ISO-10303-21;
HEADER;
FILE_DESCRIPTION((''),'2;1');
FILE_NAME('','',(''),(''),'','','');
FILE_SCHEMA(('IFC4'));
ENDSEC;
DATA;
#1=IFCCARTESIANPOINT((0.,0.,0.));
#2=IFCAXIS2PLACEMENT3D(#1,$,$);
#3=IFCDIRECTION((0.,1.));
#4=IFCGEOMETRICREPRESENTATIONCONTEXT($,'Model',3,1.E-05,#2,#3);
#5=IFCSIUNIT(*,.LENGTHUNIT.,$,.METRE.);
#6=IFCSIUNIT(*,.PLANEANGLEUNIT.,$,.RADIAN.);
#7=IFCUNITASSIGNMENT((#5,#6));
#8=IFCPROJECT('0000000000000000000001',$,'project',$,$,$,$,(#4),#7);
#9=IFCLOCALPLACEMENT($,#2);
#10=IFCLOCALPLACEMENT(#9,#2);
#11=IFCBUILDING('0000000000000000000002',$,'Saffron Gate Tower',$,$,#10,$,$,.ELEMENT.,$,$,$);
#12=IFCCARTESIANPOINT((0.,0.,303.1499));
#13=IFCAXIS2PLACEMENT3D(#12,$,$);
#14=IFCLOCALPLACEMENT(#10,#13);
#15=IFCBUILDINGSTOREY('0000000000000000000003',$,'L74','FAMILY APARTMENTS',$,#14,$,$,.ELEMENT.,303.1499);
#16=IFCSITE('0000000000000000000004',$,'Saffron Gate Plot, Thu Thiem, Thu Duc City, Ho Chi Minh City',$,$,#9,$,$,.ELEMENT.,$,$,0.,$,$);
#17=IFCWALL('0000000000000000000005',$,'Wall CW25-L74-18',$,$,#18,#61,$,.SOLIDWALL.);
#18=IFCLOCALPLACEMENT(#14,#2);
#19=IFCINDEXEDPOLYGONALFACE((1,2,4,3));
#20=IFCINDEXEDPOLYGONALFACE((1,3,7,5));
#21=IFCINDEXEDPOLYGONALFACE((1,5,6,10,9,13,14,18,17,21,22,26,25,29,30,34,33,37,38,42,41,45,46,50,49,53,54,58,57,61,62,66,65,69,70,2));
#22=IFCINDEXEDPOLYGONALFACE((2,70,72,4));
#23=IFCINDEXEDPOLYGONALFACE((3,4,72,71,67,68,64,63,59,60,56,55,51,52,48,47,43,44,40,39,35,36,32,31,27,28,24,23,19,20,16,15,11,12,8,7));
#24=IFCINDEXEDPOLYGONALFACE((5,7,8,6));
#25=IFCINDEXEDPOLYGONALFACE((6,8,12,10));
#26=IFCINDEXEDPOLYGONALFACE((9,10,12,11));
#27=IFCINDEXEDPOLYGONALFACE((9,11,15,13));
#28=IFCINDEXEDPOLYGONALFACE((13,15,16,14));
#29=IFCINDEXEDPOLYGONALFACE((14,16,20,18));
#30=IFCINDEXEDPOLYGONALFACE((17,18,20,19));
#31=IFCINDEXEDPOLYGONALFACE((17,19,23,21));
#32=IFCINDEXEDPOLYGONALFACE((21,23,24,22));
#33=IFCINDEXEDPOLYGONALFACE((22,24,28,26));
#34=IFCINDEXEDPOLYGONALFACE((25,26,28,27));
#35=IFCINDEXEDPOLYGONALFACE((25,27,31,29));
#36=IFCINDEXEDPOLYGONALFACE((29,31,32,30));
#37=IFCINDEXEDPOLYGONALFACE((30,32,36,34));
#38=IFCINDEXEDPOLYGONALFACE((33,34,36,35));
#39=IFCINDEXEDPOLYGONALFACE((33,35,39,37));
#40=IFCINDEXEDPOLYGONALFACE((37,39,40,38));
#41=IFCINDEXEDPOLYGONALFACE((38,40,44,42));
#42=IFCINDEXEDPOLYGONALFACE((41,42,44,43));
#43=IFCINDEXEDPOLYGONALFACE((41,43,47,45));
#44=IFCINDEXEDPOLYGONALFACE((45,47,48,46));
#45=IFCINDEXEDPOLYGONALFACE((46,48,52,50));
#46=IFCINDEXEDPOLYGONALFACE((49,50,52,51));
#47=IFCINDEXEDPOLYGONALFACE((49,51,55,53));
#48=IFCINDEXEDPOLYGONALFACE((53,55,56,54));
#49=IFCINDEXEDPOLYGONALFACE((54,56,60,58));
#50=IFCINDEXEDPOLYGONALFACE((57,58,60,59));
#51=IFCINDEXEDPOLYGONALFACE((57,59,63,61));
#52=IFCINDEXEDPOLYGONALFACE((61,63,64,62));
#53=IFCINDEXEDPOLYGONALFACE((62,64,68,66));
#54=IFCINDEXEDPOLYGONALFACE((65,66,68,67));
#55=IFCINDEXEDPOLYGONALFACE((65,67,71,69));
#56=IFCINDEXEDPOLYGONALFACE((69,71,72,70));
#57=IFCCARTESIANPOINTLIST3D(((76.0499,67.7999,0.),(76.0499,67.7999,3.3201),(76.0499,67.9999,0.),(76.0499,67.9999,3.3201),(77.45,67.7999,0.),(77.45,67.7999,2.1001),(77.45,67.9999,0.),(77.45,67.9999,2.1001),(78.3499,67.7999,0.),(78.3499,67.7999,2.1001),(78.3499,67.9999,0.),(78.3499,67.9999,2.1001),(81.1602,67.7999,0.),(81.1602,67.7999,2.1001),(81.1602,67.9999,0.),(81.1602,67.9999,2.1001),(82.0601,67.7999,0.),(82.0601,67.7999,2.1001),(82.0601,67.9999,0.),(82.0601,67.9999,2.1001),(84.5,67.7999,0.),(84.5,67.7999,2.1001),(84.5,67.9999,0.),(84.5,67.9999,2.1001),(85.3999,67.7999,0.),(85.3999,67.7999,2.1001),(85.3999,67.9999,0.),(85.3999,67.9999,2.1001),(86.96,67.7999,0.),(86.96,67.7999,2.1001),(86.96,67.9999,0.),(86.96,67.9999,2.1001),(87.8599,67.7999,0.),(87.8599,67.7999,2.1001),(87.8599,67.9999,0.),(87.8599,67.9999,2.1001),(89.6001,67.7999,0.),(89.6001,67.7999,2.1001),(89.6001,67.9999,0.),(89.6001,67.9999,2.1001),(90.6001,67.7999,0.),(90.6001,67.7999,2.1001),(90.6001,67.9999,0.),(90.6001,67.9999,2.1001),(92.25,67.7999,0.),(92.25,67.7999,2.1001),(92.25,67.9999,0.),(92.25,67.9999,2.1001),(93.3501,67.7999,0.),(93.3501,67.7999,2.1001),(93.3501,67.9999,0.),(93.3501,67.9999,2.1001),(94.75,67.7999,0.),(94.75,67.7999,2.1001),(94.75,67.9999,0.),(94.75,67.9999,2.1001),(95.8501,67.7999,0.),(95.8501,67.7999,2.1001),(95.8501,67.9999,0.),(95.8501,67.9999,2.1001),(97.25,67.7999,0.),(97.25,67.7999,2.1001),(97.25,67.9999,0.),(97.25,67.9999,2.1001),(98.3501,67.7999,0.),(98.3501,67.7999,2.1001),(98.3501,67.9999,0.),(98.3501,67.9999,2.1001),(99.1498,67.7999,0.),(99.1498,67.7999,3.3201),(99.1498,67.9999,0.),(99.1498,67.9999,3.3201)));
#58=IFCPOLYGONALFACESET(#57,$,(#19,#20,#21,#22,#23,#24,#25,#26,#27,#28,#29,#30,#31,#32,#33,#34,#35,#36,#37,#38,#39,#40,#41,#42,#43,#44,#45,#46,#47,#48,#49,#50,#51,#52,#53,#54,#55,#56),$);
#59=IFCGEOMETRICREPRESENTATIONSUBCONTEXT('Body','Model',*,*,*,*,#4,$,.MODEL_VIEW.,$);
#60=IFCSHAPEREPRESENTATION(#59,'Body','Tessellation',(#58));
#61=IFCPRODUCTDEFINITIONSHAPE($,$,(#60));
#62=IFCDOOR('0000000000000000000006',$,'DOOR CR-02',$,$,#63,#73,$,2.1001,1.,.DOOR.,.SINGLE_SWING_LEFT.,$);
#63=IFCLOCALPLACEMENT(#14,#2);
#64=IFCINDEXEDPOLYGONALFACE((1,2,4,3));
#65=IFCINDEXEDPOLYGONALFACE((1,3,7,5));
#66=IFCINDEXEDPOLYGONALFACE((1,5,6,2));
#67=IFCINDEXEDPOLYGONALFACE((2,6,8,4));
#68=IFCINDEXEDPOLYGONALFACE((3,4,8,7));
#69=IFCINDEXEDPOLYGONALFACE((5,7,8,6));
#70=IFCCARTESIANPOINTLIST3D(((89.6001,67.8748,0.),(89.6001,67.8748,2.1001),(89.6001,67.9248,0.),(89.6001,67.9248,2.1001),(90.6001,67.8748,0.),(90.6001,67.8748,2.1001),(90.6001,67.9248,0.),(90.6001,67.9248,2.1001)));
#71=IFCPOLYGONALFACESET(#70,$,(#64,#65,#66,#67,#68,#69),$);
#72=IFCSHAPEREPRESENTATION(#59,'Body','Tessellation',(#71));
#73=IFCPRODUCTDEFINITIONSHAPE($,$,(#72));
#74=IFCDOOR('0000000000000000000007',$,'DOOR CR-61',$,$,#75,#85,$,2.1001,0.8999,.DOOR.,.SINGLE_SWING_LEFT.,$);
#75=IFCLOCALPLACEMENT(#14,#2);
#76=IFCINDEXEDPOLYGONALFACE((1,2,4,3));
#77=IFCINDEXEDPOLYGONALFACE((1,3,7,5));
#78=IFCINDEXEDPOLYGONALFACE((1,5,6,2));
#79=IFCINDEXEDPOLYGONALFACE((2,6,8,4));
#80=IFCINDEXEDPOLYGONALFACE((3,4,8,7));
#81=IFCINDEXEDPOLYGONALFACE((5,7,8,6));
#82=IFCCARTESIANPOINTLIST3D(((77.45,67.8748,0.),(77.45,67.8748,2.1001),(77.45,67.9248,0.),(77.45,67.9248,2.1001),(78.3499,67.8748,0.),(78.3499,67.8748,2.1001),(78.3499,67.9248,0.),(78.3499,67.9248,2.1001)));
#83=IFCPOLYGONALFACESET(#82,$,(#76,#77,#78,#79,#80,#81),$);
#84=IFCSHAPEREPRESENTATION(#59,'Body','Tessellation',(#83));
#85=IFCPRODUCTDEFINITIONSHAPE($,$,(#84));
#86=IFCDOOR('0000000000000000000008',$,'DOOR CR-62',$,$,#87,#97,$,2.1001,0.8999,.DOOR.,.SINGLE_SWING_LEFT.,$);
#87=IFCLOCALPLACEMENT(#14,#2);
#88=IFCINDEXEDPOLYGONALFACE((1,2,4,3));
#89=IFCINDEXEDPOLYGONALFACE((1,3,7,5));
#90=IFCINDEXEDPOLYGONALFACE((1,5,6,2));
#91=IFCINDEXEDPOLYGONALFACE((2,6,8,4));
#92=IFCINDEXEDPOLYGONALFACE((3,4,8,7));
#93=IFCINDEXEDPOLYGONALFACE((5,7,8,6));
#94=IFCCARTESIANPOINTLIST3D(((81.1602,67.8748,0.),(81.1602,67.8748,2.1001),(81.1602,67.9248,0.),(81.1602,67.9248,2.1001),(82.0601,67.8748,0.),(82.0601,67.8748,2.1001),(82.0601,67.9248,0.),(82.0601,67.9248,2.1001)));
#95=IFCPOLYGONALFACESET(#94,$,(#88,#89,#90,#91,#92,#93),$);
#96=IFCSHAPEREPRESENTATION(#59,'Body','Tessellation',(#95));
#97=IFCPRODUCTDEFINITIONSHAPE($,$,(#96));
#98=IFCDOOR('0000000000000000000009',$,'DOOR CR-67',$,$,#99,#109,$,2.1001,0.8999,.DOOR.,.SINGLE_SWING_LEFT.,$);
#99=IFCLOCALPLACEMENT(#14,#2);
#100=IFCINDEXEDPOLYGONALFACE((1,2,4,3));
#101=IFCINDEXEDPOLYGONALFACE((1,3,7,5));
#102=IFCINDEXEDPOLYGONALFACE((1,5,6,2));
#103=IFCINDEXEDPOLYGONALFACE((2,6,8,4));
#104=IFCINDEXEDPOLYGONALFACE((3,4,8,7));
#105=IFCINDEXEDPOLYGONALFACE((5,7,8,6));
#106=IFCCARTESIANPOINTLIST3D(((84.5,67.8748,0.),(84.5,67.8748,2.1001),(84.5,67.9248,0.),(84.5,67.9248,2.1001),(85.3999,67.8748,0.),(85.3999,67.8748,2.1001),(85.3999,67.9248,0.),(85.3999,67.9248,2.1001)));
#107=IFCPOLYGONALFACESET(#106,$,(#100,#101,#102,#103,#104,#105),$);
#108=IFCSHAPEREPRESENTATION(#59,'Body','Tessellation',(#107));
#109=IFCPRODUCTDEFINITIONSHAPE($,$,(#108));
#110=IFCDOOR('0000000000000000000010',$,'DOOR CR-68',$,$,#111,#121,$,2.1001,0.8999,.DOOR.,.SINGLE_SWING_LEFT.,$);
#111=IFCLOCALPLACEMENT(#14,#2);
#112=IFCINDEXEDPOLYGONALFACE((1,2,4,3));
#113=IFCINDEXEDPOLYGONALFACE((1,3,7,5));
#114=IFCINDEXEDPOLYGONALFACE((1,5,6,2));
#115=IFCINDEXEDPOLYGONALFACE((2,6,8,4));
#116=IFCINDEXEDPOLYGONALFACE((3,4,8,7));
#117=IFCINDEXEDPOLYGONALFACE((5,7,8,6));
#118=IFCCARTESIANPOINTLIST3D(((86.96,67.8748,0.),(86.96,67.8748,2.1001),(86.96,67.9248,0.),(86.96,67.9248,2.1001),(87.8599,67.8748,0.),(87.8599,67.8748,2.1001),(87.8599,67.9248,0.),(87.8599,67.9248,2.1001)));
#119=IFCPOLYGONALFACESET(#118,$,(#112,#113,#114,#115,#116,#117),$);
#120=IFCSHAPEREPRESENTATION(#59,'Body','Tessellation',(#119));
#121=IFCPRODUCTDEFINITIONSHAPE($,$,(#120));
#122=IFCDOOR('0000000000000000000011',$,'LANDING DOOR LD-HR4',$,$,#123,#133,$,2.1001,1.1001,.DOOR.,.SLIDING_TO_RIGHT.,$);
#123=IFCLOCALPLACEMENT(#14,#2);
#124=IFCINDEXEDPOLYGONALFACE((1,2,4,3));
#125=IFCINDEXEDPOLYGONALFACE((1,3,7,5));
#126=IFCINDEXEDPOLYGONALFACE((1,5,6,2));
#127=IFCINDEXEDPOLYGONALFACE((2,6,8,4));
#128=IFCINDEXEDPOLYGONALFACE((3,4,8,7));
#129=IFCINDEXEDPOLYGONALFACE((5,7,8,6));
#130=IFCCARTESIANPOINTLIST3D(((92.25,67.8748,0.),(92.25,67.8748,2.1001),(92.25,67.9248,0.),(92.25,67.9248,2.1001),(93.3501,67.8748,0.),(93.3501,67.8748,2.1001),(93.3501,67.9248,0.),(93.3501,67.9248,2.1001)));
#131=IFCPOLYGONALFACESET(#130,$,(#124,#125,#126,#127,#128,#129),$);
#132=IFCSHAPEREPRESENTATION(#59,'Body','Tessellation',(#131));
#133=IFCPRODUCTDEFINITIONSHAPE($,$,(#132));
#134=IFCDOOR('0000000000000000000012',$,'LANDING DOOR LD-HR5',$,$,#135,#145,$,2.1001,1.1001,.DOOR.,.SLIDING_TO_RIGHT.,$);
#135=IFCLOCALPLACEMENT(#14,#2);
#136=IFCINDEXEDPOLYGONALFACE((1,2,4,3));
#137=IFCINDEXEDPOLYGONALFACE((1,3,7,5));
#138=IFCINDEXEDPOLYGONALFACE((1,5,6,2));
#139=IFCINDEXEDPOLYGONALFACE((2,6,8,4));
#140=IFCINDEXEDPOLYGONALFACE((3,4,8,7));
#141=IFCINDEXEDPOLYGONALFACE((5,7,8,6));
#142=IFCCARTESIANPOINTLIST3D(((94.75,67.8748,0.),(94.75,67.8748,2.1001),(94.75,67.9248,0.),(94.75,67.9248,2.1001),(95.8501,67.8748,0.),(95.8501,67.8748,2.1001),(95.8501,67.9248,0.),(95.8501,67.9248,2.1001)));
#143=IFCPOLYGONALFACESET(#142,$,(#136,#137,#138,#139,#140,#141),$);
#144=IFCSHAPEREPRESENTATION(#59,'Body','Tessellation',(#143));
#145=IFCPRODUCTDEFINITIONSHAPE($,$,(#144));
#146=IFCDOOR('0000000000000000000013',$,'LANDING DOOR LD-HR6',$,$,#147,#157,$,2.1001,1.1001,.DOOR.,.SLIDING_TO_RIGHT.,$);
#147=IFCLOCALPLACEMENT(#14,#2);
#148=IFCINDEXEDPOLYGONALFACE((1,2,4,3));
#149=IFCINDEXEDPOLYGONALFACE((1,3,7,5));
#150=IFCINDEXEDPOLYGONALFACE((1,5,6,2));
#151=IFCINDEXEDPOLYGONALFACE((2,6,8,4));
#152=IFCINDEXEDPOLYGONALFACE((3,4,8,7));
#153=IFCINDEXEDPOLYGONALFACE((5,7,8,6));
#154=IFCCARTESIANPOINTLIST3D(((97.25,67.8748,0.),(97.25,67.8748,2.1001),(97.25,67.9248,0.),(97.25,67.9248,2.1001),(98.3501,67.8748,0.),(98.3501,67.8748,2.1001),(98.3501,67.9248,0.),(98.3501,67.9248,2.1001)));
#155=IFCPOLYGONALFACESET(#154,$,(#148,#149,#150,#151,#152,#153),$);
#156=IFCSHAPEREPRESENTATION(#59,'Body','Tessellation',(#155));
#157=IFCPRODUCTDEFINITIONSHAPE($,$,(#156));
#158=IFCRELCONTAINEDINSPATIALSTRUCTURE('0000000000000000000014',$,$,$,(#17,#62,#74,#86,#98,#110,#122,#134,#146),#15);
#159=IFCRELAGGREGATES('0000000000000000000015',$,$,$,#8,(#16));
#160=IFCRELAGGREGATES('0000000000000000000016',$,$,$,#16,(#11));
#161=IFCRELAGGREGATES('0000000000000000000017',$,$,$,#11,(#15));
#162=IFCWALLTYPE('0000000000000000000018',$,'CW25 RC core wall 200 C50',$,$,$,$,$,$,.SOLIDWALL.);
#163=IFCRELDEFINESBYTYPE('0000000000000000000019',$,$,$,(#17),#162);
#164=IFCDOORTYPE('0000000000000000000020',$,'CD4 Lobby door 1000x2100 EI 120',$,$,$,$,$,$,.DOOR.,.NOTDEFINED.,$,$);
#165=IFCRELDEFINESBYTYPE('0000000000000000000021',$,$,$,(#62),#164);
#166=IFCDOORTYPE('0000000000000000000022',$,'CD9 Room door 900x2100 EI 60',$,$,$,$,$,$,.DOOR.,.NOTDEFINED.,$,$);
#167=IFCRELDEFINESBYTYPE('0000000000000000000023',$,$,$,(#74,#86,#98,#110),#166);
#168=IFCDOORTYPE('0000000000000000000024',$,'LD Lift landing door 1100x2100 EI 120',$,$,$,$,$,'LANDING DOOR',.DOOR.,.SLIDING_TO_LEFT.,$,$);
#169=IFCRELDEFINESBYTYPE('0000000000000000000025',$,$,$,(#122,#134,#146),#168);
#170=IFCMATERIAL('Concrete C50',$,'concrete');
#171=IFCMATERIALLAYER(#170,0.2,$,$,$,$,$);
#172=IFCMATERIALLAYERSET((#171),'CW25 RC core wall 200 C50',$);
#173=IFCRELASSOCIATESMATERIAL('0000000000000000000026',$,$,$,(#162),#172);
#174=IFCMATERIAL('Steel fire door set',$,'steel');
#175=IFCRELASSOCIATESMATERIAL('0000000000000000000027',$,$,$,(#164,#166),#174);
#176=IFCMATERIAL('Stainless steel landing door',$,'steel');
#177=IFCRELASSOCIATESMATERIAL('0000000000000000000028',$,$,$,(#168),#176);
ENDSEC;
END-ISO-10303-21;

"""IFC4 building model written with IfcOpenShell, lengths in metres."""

from ifc_helpers import new_model, si_unit, direction, frame, frame_2d, origin, place, context, subcontext, project, spatial, rectangle, extrude, material, layer, layer_set, type_object, element, fill, save


model = new_model("IFC4")

# Units and contexts
model_context = context("Model", 3, precision=1e-05, world=origin(), true_north=direction((0.0, 1.0)))
body_context = subcontext(model_context, "Body", "Model", "MODEL_VIEW")
ifc_project = project(units=[si_unit("LENGTHUNIT", "METRE"), si_unit("PLANEANGLEUNIT", "RADIAN")], contexts=[model_context])

# Site, building, storey
site_placement = place(None, origin())
site = spatial("IfcSite", under=ifc_project, at=site_placement, Name="Saffron Gate Plot, Thu Thiem, Thu Duc City, Ho Chi Minh City", CompositionType="ELEMENT", RefElevation=0.0)
building_placement = place(site_placement, origin())
building = spatial("IfcBuilding", under=site, at=building_placement, Name="Saffron Gate Tower", CompositionType="ELEMENT")
storey_placement = place(building_placement, frame((0.0, 0.0, 303.1499)))
storey = spatial("IfcBuildingStorey", under=building, at=storey_placement, Name="L74", Description="FAMILY APARTMENTS", CompositionType="ELEMENT", Elevation=303.1499)

# Shared definitions
ifc_material_1 = material(Name="Concrete C50", Category="concrete")

# Wall, openings, doors
ifc_layer_1 = layer(ifc_material_1, 0.2)
ifc_layer_set_1 = layer_set([ifc_layer_1], Name="CW25 RC core wall 200 C50")
wall_type_1 = type_object("IfcWallType", Name="CW25 RC core wall 200 C50", PredefinedType="SOLIDWALL", material=ifc_layer_set_1)
wall_1_placement = place(storey_placement, frame((76.05, 67.8999, 0.0), z_axis=(0.0, 0.0, 1.0), x_axis=(1.0, 0.0, 0.0)))
wall_1 = element("IfcWall", 1, at=wall_1_placement, inside=storey, type_object=wall_type_1, Name="Wall CW25-L74-18", PredefinedType="SOLIDWALL", context=body_context, shape_type="SweptSolid", body=[
    extrude(rectangle(XDim=23.0999, YDim=0.2, at=frame_2d((11.5498, 0.0))), origin(), (0.0, 0.0, 1.0), 3.3201),
])
opening_1_placement = place(wall_1_placement, frame((1.3999, 0.0, 0.0)))
opening_1 = element("IfcOpeningElement", 2, at=opening_1_placement, cuts=wall_1, PredefinedType="OPENING", context=body_context, shape_type="SweptSolid", body=[
    extrude(rectangle(XDim=0.8999, YDim=2.1001, at=frame_2d((0.45, 1.05))), frame((0.0, 0.1099, 0.0), z_axis=(0.0, -1.0, 0.0), x_axis=(1.0, 0.0, 0.0)), (0.0, 0.0, 1.0), 0.22),
])
opening_2_placement = place(wall_1_placement, frame((5.1101, 0.0, 0.0)))
opening_2 = element("IfcOpeningElement", 3, at=opening_2_placement, cuts=wall_1, PredefinedType="OPENING", context=body_context, shape_type="SweptSolid", body=[
    extrude(rectangle(XDim=0.8999, YDim=2.1001, at=frame_2d((0.45, 1.05))), frame((0.0, 0.1099, 0.0), z_axis=(0.0, -1.0, 0.0), x_axis=(1.0, 0.0, 0.0)), (0.0, 0.0, 1.0), 0.22),
])
opening_3_placement = place(wall_1_placement, frame((8.45, 0.0, 0.0)))
opening_3 = element("IfcOpeningElement", 4, at=opening_3_placement, cuts=wall_1, PredefinedType="OPENING", context=body_context, shape_type="SweptSolid", body=[
    extrude(rectangle(XDim=0.8999, YDim=2.1001, at=frame_2d((0.45, 1.05))), frame((0.0, 0.1099, 0.0), z_axis=(0.0, -1.0, 0.0), x_axis=(1.0, 0.0, 0.0)), (0.0, 0.0, 1.0), 0.22),
])
opening_4_placement = place(wall_1_placement, frame((10.9099, 0.0, 0.0)))
opening_4 = element("IfcOpeningElement", 5, at=opening_4_placement, cuts=wall_1, PredefinedType="OPENING", context=body_context, shape_type="SweptSolid", body=[
    extrude(rectangle(XDim=0.8999, YDim=2.1001, at=frame_2d((0.45, 1.05))), frame((0.0, 0.1099, 0.0), z_axis=(0.0, -1.0, 0.0), x_axis=(1.0, 0.0, 0.0)), (0.0, 0.0, 1.0), 0.22),
])
opening_5_placement = place(wall_1_placement, frame((13.55, 0.0, 0.0)))
opening_5 = element("IfcOpeningElement", 6, at=opening_5_placement, cuts=wall_1, PredefinedType="OPENING", context=body_context, shape_type="SweptSolid", body=[
    extrude(rectangle(XDim=1.0, YDim=2.1001, at=frame_2d((0.5, 1.05))), frame((0.0, 0.1099, 0.0), z_axis=(0.0, -1.0, 0.0), x_axis=(1.0, 0.0, 0.0)), (0.0, 0.0, 1.0), 0.22),
])
opening_6_placement = place(wall_1_placement, frame((16.2, 0.0, 0.0)))
opening_6 = element("IfcOpeningElement", 7, at=opening_6_placement, cuts=wall_1, PredefinedType="OPENING", context=body_context, shape_type="SweptSolid", body=[
    extrude(rectangle(XDim=1.1001, YDim=2.1001, at=frame_2d((0.55, 1.05))), frame((0.0, 0.1099, 0.0), z_axis=(0.0, -1.0, 0.0), x_axis=(1.0, 0.0, 0.0)), (0.0, 0.0, 1.0), 0.22),
])
opening_7_placement = place(wall_1_placement, frame((18.7, 0.0, 0.0)))
opening_7 = element("IfcOpeningElement", 8, at=opening_7_placement, cuts=wall_1, PredefinedType="OPENING", context=body_context, shape_type="SweptSolid", body=[
    extrude(rectangle(XDim=1.1001, YDim=2.1001, at=frame_2d((0.55, 1.05))), frame((0.0, 0.1099, 0.0), z_axis=(0.0, -1.0, 0.0), x_axis=(1.0, 0.0, 0.0)), (0.0, 0.0, 1.0), 0.22),
])
opening_8_placement = place(wall_1_placement, frame((21.2, 0.0, 0.0)))
opening_8 = element("IfcOpeningElement", 9, at=opening_8_placement, cuts=wall_1, PredefinedType="OPENING", context=body_context, shape_type="SweptSolid", body=[
    extrude(rectangle(XDim=1.1001, YDim=2.1001, at=frame_2d((0.55, 1.05))), frame((0.0, 0.1099, 0.0), z_axis=(0.0, -1.0, 0.0), x_axis=(1.0, 0.0, 0.0)), (0.0, 0.0, 1.0), 0.22),
])
ifc_material_2 = material(Name="Steel fire door set", Category="steel")
door_type_1 = type_object("IfcDoorType", Name="CD4 Lobby door 1000x2100 EI 120", OperationType="NOTDEFINED", PredefinedType="DOOR", material=ifc_material_2)
door_1_placement = place(opening_5_placement, origin())
door_1 = element("IfcDoor", 10, at=door_1_placement, inside=storey, type_object=door_type_1, Name="DOOR CR-02", OperationType="SINGLE_SWING_LEFT", OverallHeight=2.1001, OverallWidth=1.0, PredefinedType="DOOR", context=body_context, shape_type="SweptSolid", body=[
    extrude(rectangle(XDim=1.0, YDim=2.1001, at=frame_2d((0.5, 1.05))), frame((0.0, 0.0249, 0.0), z_axis=(0.0, -1.0, 0.0), x_axis=(1.0, 0.0, 0.0)), (0.0, 0.0, 1.0), 0.05),
])
fill(opening_5, door_1)
door_type_2 = type_object("IfcDoorType", Name="CD9 Room door 900x2100 EI 60", OperationType="NOTDEFINED", PredefinedType="DOOR", material=ifc_material_2)
door_2_placement = place(opening_1_placement, origin())
door_2 = element("IfcDoor", 11, at=door_2_placement, inside=storey, type_object=door_type_2, Name="DOOR CR-61", OperationType="SINGLE_SWING_LEFT", OverallHeight=2.1001, OverallWidth=0.8999, PredefinedType="DOOR", context=body_context, shape_type="SweptSolid", body=[
    extrude(rectangle(XDim=0.8999, YDim=2.1001, at=frame_2d((0.45, 1.05))), frame((0.0, 0.0249, 0.0), z_axis=(0.0, -1.0, 0.0), x_axis=(1.0, 0.0, 0.0)), (0.0, 0.0, 1.0), 0.05),
])
fill(opening_1, door_2)
door_3_placement = place(opening_2_placement, origin())
door_3 = element("IfcDoor", 12, at=door_3_placement, inside=storey, type_object=door_type_2, Name="DOOR CR-62", OperationType="SINGLE_SWING_LEFT", OverallHeight=2.1001, OverallWidth=0.8999, PredefinedType="DOOR", context=body_context, shape_type="SweptSolid", body=[
    extrude(rectangle(XDim=0.8999, YDim=2.1001, at=frame_2d((0.45, 1.05))), frame((0.0, 0.0249, 0.0), z_axis=(0.0, -1.0, 0.0), x_axis=(1.0, 0.0, 0.0)), (0.0, 0.0, 1.0), 0.05),
])
fill(opening_2, door_3)
door_4_placement = place(opening_3_placement, origin())
door_4 = element("IfcDoor", 13, at=door_4_placement, inside=storey, type_object=door_type_2, Name="DOOR CR-67", OperationType="SINGLE_SWING_LEFT", OverallHeight=2.1001, OverallWidth=0.8999, PredefinedType="DOOR", context=body_context, shape_type="SweptSolid", body=[
    extrude(rectangle(XDim=0.8999, YDim=2.1001, at=frame_2d((0.45, 1.05))), frame((0.0, 0.0249, 0.0), z_axis=(0.0, -1.0, 0.0), x_axis=(1.0, 0.0, 0.0)), (0.0, 0.0, 1.0), 0.05),
])
fill(opening_3, door_4)
door_5_placement = place(opening_4_placement, origin())
door_5 = element("IfcDoor", 14, at=door_5_placement, inside=storey, type_object=door_type_2, Name="DOOR CR-68", OperationType="SINGLE_SWING_LEFT", OverallHeight=2.1001, OverallWidth=0.8999, PredefinedType="DOOR", context=body_context, shape_type="SweptSolid", body=[
    extrude(rectangle(XDim=0.8999, YDim=2.1001, at=frame_2d((0.45, 1.05))), frame((0.0, 0.0249, 0.0), z_axis=(0.0, -1.0, 0.0), x_axis=(1.0, 0.0, 0.0)), (0.0, 0.0, 1.0), 0.05),
])
fill(opening_4, door_5)
ifc_material_3 = material(Name="Stainless steel landing door", Category="steel")
door_type_3 = type_object("IfcDoorType", Name="LD Lift landing door 1100x2100 EI 120", ElementType="LANDING DOOR", OperationType="SLIDING_TO_LEFT", PredefinedType="DOOR", material=ifc_material_3)
door_6_placement = place(opening_6_placement, origin())
door_6 = element("IfcDoor", 15, at=door_6_placement, inside=storey, type_object=door_type_3, Name="LANDING DOOR LD-HR4", OperationType="SLIDING_TO_RIGHT", OverallHeight=2.1001, OverallWidth=1.1001, PredefinedType="DOOR", context=body_context, shape_type="SweptSolid", body=[
    extrude(rectangle(XDim=1.1001, YDim=2.1001, at=frame_2d((0.55, 1.05))), frame((0.0, 0.0249, 0.0), z_axis=(0.0, -1.0, 0.0), x_axis=(1.0, 0.0, 0.0)), (0.0, 0.0, 1.0), 0.05),
])
fill(opening_6, door_6)
door_7_placement = place(opening_7_placement, origin())
door_7 = element("IfcDoor", 16, at=door_7_placement, inside=storey, type_object=door_type_3, Name="LANDING DOOR LD-HR5", OperationType="SLIDING_TO_RIGHT", OverallHeight=2.1001, OverallWidth=1.1001, PredefinedType="DOOR", context=body_context, shape_type="SweptSolid", body=[
    extrude(rectangle(XDim=1.1001, YDim=2.1001, at=frame_2d((0.55, 1.05))), frame((0.0, 0.0249, 0.0), z_axis=(0.0, -1.0, 0.0), x_axis=(1.0, 0.0, 0.0)), (0.0, 0.0, 1.0), 0.05),
])
fill(opening_7, door_7)
door_8_placement = place(opening_8_placement, origin())
door_8 = element("IfcDoor", 17, at=door_8_placement, inside=storey, type_object=door_type_3, Name="LANDING DOOR LD-HR6", OperationType="SLIDING_TO_RIGHT", OverallHeight=2.1001, OverallWidth=1.1001, PredefinedType="DOOR", context=body_context, shape_type="SweptSolid", body=[
    extrude(rectangle(XDim=1.1001, YDim=2.1001, at=frame_2d((0.55, 1.05))), frame((0.0, 0.0249, 0.0), z_axis=(0.0, -1.0, 0.0), x_axis=(1.0, 0.0, 0.0)), (0.0, 0.0, 1.0), 0.05),
])
fill(opening_8, door_8)

save(model, "model.ifc")
